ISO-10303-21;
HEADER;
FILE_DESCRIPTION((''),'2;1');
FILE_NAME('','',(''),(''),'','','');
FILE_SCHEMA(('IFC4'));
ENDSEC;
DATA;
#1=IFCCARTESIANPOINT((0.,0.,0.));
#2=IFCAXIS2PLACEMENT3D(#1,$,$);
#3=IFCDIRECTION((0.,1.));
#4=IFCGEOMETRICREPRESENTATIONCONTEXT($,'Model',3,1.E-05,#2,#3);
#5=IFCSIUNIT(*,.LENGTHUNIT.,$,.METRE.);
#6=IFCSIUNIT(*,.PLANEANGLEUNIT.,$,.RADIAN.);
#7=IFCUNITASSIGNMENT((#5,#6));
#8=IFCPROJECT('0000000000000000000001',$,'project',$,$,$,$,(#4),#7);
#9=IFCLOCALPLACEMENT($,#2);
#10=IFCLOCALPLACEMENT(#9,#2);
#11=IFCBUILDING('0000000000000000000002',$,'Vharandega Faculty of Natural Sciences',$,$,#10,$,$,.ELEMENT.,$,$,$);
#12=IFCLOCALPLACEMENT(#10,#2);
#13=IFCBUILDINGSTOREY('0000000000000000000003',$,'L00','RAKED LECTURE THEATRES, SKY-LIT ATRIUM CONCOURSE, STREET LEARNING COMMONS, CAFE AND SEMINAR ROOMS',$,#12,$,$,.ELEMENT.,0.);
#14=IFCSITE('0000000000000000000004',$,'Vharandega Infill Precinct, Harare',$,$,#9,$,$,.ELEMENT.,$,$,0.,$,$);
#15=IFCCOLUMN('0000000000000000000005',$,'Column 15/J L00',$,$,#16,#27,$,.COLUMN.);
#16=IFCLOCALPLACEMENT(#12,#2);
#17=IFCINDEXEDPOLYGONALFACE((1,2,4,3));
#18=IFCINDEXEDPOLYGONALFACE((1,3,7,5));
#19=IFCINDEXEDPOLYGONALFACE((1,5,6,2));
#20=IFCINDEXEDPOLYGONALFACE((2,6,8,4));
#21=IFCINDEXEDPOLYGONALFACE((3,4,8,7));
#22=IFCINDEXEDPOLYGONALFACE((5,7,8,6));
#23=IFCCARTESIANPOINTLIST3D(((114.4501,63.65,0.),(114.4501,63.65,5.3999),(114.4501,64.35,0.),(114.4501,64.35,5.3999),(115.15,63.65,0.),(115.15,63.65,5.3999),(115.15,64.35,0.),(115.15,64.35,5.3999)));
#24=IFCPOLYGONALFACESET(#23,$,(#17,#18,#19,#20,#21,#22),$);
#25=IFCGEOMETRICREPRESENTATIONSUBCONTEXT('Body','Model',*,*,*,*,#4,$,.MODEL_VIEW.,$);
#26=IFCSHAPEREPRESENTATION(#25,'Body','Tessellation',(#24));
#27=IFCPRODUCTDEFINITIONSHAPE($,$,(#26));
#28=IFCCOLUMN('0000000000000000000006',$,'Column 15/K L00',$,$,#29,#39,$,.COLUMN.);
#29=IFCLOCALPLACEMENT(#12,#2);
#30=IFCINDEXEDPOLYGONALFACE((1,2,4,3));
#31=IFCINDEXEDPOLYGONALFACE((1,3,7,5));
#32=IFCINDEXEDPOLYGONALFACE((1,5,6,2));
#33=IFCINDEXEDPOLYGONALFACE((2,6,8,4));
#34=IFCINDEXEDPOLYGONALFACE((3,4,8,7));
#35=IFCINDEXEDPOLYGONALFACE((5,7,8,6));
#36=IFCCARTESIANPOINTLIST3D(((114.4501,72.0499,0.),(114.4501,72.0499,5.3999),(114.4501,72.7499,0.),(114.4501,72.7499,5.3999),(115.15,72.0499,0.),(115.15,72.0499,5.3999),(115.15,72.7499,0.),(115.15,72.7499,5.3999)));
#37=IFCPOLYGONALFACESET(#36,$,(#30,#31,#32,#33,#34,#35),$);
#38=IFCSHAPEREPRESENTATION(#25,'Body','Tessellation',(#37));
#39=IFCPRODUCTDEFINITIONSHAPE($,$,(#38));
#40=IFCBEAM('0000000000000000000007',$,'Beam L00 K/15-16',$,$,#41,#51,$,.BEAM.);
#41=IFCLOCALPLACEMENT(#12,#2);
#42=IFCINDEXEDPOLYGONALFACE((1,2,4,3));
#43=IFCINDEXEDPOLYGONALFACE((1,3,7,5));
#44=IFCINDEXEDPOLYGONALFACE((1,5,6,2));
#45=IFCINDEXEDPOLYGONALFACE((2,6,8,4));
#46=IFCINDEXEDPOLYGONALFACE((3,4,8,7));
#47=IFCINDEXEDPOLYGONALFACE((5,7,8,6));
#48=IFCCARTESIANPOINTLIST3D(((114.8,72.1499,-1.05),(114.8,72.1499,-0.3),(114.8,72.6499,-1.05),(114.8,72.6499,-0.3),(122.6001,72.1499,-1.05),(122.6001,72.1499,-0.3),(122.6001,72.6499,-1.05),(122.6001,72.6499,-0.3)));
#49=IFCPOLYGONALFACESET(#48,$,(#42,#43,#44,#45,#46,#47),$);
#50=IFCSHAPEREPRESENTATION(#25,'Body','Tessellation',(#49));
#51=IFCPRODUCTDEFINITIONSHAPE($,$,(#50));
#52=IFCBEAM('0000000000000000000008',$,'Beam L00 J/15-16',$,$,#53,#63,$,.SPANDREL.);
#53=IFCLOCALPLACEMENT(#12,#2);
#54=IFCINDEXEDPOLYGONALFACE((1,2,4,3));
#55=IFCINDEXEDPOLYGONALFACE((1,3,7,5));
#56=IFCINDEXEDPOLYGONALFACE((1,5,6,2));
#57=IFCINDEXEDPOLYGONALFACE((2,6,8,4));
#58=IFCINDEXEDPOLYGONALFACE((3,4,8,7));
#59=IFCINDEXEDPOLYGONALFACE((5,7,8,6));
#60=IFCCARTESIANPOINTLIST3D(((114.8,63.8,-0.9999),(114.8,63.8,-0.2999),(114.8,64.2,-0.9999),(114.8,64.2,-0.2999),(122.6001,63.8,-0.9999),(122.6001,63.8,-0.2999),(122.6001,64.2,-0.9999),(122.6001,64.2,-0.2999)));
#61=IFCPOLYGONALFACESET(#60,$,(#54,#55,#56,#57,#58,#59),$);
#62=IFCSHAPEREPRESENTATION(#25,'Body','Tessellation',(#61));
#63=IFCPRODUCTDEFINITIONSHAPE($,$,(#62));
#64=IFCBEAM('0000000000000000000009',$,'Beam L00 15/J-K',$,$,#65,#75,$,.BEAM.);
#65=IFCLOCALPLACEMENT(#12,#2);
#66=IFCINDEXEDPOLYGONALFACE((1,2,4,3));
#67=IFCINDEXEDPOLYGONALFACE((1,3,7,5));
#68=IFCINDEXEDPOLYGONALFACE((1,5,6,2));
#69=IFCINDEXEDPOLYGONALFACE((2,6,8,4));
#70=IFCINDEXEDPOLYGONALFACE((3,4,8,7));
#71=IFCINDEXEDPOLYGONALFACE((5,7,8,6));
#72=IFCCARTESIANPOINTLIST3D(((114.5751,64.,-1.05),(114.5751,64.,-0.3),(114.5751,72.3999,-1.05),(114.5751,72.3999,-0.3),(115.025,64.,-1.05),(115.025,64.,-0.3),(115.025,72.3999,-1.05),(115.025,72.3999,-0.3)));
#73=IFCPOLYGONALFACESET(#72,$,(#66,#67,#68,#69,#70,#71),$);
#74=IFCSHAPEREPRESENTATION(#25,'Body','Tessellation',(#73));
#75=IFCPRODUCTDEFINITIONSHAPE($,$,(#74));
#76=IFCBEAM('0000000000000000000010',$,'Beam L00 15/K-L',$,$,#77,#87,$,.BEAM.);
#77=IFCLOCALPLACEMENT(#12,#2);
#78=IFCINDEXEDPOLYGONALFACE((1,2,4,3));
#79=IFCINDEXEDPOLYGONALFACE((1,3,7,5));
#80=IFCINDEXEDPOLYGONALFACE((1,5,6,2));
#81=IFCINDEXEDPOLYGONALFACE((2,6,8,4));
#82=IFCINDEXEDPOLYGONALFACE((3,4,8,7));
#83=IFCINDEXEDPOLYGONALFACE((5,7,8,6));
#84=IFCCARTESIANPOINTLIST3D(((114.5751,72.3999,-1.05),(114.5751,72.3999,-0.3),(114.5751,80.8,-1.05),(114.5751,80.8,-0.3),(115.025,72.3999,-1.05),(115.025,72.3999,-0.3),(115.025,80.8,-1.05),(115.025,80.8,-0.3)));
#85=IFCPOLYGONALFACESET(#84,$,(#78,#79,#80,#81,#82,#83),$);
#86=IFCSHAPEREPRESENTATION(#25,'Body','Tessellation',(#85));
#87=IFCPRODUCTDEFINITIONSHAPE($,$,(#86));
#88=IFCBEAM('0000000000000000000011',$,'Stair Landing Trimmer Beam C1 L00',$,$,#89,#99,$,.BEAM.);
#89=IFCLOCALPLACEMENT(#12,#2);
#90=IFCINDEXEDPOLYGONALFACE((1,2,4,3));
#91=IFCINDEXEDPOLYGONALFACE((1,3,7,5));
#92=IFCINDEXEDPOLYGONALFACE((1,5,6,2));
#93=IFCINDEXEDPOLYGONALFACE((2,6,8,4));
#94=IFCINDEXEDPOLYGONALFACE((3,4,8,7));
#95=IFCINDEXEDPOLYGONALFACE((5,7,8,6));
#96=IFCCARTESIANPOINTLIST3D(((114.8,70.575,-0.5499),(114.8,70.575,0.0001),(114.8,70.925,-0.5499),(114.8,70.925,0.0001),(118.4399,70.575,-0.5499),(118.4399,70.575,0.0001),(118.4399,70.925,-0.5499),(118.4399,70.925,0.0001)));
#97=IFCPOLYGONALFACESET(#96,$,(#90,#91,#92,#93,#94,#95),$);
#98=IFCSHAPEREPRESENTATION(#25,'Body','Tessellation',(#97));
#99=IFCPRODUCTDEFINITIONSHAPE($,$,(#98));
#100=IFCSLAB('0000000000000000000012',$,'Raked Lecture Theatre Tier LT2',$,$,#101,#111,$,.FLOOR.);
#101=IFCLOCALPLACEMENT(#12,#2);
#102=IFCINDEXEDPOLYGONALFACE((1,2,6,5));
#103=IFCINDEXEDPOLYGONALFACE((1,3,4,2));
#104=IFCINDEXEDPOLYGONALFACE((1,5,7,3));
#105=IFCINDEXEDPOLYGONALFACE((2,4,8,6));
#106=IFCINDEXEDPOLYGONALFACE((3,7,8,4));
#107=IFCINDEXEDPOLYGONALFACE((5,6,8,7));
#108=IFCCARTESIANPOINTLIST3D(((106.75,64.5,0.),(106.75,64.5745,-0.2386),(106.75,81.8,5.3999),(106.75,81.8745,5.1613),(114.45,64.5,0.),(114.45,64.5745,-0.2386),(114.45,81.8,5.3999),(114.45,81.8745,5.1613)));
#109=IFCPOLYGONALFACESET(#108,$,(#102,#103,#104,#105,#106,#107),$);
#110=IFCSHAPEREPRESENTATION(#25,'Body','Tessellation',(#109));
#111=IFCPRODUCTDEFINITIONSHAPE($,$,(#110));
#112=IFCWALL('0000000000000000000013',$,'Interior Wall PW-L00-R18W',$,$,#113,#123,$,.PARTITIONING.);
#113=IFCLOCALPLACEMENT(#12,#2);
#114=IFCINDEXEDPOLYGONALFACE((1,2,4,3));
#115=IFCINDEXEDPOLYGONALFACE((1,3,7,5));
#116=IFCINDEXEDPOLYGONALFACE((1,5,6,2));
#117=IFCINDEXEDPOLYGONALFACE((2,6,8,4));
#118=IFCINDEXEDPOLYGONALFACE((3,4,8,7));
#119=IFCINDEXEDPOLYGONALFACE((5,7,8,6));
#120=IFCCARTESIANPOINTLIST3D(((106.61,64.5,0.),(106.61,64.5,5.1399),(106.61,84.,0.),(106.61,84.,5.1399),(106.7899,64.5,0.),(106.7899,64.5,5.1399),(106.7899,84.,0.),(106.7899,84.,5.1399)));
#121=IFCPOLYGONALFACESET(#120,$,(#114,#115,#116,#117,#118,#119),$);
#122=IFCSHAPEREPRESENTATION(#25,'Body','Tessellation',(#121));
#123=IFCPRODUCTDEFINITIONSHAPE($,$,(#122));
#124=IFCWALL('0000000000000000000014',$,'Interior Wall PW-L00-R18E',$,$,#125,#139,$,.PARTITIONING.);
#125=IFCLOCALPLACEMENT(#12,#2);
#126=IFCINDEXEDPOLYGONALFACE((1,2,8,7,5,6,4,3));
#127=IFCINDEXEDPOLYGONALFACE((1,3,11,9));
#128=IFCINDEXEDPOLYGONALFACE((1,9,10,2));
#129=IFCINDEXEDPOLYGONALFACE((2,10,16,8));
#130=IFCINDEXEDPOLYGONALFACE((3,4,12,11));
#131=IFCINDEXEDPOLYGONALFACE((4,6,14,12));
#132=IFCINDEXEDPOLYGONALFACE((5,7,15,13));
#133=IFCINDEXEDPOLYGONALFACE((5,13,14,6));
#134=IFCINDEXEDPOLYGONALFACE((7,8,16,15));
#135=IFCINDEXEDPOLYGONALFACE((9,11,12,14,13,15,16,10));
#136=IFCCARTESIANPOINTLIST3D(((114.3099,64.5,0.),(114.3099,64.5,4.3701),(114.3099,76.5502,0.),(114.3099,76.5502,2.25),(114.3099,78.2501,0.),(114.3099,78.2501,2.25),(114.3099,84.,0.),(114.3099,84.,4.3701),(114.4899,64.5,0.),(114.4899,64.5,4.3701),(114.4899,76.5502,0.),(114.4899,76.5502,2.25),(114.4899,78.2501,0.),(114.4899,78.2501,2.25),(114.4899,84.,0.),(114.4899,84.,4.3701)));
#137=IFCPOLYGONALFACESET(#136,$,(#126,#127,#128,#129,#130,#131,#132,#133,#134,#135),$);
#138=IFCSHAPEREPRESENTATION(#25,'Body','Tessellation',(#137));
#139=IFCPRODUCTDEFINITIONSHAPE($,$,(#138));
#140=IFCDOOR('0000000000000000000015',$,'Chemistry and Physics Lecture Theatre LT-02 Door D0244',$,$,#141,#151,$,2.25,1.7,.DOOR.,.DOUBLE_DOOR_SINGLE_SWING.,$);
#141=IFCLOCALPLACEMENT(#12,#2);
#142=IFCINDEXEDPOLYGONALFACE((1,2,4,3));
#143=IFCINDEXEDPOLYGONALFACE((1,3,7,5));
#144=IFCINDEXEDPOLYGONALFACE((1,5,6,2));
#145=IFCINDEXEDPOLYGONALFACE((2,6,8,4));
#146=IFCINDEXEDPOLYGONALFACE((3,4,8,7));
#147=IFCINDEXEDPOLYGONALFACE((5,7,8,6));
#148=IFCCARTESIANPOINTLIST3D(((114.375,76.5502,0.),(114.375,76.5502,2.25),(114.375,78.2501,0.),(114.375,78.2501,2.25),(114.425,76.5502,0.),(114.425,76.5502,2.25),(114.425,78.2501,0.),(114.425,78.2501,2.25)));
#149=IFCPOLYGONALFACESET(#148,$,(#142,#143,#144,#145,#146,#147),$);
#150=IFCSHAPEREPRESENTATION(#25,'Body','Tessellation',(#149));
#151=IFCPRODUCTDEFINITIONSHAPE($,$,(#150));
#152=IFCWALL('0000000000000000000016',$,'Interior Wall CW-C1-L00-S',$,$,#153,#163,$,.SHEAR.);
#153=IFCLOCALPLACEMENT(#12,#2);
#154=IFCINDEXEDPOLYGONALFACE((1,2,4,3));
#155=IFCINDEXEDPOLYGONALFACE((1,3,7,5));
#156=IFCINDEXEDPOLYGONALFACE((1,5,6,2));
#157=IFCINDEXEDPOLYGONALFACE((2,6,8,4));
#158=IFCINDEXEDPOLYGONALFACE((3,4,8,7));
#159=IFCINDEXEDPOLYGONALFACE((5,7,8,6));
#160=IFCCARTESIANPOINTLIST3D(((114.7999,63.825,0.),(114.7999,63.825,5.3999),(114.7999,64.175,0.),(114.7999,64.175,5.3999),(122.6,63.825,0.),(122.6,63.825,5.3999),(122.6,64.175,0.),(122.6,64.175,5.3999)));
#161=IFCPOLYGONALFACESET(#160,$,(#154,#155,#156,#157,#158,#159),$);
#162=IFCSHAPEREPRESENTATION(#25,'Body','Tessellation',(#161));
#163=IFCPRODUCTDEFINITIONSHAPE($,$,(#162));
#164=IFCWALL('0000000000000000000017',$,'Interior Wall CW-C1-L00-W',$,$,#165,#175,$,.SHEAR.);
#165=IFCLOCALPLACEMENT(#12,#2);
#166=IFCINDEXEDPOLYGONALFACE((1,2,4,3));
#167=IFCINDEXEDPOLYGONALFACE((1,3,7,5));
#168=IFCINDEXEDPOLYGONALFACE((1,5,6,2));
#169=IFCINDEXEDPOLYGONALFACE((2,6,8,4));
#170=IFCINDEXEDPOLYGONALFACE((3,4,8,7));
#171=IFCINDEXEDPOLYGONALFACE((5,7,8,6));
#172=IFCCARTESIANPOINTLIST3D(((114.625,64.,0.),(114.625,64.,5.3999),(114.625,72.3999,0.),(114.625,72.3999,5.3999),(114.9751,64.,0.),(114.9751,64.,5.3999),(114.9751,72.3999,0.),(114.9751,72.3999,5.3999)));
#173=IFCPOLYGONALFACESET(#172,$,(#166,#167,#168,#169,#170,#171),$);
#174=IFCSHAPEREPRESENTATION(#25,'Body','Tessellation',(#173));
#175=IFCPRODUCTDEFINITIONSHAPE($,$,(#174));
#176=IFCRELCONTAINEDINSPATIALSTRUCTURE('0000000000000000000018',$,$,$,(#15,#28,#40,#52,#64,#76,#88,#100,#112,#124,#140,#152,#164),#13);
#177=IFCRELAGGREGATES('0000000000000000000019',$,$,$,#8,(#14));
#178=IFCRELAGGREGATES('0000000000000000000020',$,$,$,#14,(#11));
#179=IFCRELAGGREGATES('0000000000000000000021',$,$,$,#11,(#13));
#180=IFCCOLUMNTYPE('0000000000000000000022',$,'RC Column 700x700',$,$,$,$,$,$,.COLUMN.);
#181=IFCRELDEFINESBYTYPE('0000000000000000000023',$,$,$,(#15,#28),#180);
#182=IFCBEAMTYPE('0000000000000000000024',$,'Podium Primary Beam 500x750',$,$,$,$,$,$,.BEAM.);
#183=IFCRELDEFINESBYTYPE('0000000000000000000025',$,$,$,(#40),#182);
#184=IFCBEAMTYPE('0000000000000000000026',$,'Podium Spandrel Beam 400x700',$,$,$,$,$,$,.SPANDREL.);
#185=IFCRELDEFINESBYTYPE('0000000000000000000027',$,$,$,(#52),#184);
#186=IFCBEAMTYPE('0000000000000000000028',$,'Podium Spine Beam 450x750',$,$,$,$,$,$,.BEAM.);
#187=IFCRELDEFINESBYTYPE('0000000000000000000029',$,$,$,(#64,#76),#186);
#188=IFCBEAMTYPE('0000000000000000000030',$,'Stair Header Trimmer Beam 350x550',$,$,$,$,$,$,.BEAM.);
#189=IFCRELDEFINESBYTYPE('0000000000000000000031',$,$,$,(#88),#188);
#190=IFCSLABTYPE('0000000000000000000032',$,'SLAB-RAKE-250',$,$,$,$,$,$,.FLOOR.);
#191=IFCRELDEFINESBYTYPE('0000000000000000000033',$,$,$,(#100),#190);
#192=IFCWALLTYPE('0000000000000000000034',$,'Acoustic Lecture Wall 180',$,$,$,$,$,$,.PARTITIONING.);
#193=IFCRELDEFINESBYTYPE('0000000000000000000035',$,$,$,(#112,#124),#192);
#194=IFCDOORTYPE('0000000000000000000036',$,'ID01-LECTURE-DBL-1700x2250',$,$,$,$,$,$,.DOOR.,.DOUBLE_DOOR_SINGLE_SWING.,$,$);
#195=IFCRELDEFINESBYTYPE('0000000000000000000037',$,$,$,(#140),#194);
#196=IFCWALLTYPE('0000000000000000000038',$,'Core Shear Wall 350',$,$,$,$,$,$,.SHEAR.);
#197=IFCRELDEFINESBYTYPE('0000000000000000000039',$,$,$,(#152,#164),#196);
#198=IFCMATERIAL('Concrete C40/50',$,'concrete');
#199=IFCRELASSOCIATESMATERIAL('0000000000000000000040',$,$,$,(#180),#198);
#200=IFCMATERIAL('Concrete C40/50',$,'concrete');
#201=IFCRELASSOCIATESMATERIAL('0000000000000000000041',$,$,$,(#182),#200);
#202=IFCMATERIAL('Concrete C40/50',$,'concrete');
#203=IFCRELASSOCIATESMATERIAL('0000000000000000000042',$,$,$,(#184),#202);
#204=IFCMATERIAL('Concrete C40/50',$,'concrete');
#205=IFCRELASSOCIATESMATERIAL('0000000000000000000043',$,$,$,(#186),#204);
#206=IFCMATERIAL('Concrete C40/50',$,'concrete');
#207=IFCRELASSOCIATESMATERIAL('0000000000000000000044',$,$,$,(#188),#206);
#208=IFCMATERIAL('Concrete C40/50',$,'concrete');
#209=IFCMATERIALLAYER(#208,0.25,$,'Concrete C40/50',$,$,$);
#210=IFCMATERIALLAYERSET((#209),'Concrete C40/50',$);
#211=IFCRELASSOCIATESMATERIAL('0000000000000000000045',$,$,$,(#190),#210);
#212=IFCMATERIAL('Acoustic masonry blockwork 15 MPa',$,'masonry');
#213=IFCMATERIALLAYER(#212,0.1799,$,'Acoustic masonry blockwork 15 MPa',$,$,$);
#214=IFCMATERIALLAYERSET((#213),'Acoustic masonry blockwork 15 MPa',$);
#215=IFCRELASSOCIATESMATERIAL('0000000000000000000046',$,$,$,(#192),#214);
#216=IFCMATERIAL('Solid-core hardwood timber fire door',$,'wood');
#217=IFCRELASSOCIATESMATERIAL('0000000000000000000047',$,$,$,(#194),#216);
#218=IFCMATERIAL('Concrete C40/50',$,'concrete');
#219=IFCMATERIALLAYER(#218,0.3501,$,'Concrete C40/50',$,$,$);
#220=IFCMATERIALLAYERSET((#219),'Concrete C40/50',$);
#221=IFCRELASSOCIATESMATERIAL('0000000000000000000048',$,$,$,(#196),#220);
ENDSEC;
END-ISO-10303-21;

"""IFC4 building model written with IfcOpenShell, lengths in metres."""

from ifc_helpers import new_model, si_unit, direction, frame, frame_2d, origin, origin_2d, place, context, subcontext, project, spatial, polyline, rectangle, outline, extrude, material, layer, layer_set, material_profile, profile_set, type_object, element, fill, save


model = new_model("IFC4")

# Units and contexts
model_context = context("Model", 3, precision=1e-05, world=origin(), true_north=direction((0.0, 1.0)))
body_context = subcontext(model_context, "Body", "Model", "MODEL_VIEW")
ifc_project = project(units=[si_unit("LENGTHUNIT", "METRE"), si_unit("PLANEANGLEUNIT", "RADIAN")], contexts=[model_context])

# Site, building, storey
site_placement = place(None, origin())
site = spatial("IfcSite", under=ifc_project, at=site_placement, Name="Vharandega Infill Precinct, Harare", CompositionType="ELEMENT", RefElevation=0.0)
building_placement = place(site_placement, origin())
building = spatial("IfcBuilding", under=site, at=building_placement, Name="Vharandega Faculty of Natural Sciences", CompositionType="ELEMENT")
storey_placement = place(building_placement, origin())
storey = spatial("IfcBuildingStorey", under=building, at=storey_placement, Name="L00", Description="RAKED LECTURE THEATRES, SKY-LIT ATRIUM CONCOURSE, STREET LEARNING COMMONS, CAFE AND SEMINAR ROOMS", CompositionType="ELEMENT", Elevation=0.0)

# Columns
ifc_material_1 = material(Name="Concrete C40/50", Category="concrete")
ifc_material_profile_1 = material_profile(ifc_material_1, rectangle(XDim=0.7, YDim=0.7, at=origin_2d()), Name="RC 700x700")
ifc_profile_set_1 = profile_set([ifc_material_profile_1], Name="Concrete C40/50")
column_type = type_object("IfcColumnType", Name="RC Column 700x700", PredefinedType="COLUMN", material=ifc_profile_set_1)
for number, where, z_axis, x_axis, name in (
    (1, (114.8, 64.0, 0.0), (0.0, 0.0, 1.0), (1.0, 0.0, 0.0), "Column 15/J L00"),
    (2, (114.8, 72.3999, 0.0), (0.0, 0.0, 1.0), (1.0, 0.0, 0.0), "Column 15/K L00"),
):
    element("IfcColumn", number, at=place(storey_placement, frame(where, z_axis=z_axis, x_axis=x_axis)), inside=storey, type_object=column_type, Name=name, PredefinedType="COLUMN", context=body_context, shape_type="SweptSolid", body=[
        extrude(rectangle(XDim=0.7, YDim=0.7, at=origin_2d()), origin(), (0.0, 0.0, 1.0), 5.3999),
    ])

# Beams
ifc_material_2 = material(Name="Concrete C40/50", Category="concrete")
ifc_material_profile_2 = material_profile(ifc_material_2, rectangle(XDim=0.5, YDim=0.75, at=origin_2d()), Name="RC 500x750")
ifc_profile_set_2 = profile_set([ifc_material_profile_2], Name="Concrete C40/50")
beam_type_1 = type_object("IfcBeamType", Name="Podium Primary Beam 500x750", PredefinedType="BEAM", material=ifc_profile_set_2)
beam_1_placement = place(storey_placement, frame((114.8, 72.3999, -0.675), z_axis=(1.0, 0.0, 0.0), x_axis=(0.0, 1.0, 0.0)))
element("IfcBeam", 3, at=beam_1_placement, inside=storey, type_object=beam_type_1, Name="Beam L00 K/15-16", PredefinedType="BEAM", context=body_context, shape_type="SweptSolid", body=[
    extrude(rectangle(XDim=0.5, YDim=0.75, at=origin_2d()), origin(), (0.0, 0.0, 1.0), 7.8),
])
ifc_material_3 = material(Name="Concrete C40/50", Category="concrete")
ifc_material_profile_3 = material_profile(ifc_material_3, rectangle(XDim=0.3999, YDim=0.7, at=origin_2d()), Name="RC 400x700")
ifc_profile_set_3 = profile_set([ifc_material_profile_3], Name="Concrete C40/50")
beam_type_2 = type_object("IfcBeamType", Name="Podium Spandrel Beam 400x700", PredefinedType="SPANDREL", material=ifc_profile_set_3)
beam_2_placement = place(storey_placement, frame((114.8, 64.0, -0.6499), z_axis=(1.0, 0.0, 0.0), x_axis=(0.0, 1.0, 0.0)))
element("IfcBeam", 4, at=beam_2_placement, inside=storey, type_object=beam_type_2, Name="Beam L00 J/15-16", PredefinedType="SPANDREL", context=body_context, shape_type="SweptSolid", body=[
    extrude(rectangle(XDim=0.3999, YDim=0.7, at=origin_2d()), origin(), (0.0, 0.0, 1.0), 7.8),
])
ifc_material_4 = material(Name="Concrete C40/50", Category="concrete")
ifc_material_profile_4 = material_profile(ifc_material_4, rectangle(XDim=0.45, YDim=0.75, at=origin_2d()), Name="RC 450x750")
ifc_profile_set_4 = profile_set([ifc_material_profile_4], Name="Concrete C40/50")
beam_type_3 = type_object("IfcBeamType", Name="Podium Spine Beam 450x750", PredefinedType="BEAM", material=ifc_profile_set_4)
beam_3_placement = place(storey_placement, frame((114.8, 64.0, -0.675), z_axis=(0.0, 1.0, 0.0), x_axis=(-1.0, 0.0, 0.0)))
element("IfcBeam", 5, at=beam_3_placement, inside=storey, type_object=beam_type_3, Name="Beam L00 15/J-K", PredefinedType="BEAM", context=body_context, shape_type="SweptSolid", body=[
    extrude(rectangle(XDim=0.45, YDim=0.75, at=origin_2d()), origin(), (0.0, 0.0, 1.0), 8.3999),
])
beam_4_placement = place(storey_placement, frame((114.8, 72.3999, -0.675), z_axis=(0.0, 1.0, 0.0), x_axis=(-1.0, 0.0, 0.0)))
element("IfcBeam", 6, at=beam_4_placement, inside=storey, type_object=beam_type_3, Name="Beam L00 15/K-L", PredefinedType="BEAM", context=body_context, shape_type="SweptSolid", body=[
    extrude(rectangle(XDim=0.45, YDim=0.75, at=origin_2d()), origin(), (0.0, 0.0, 1.0), 8.4001),
])
ifc_material_5 = material(Name="Concrete C40/50", Category="concrete")
ifc_material_profile_5 = material_profile(ifc_material_5, rectangle(XDim=0.3501, YDim=0.55, at=origin_2d()), Name="RC 350x550")
ifc_profile_set_5 = profile_set([ifc_material_profile_5], Name="Concrete C40/50")
beam_type_4 = type_object("IfcBeamType", Name="Stair Header Trimmer Beam 350x550", PredefinedType="BEAM", material=ifc_profile_set_5)
beam_5_placement = place(storey_placement, frame((114.8, 70.75, -0.2749), z_axis=(1.0, 0.0, 0.0), x_axis=(0.0, 1.0, 0.0)))
element("IfcBeam", 7, at=beam_5_placement, inside=storey, type_object=beam_type_4, Name="Stair Landing Trimmer Beam C1 L00", PredefinedType="BEAM", context=body_context, shape_type="SweptSolid", body=[
    extrude(rectangle(XDim=0.3501, YDim=0.55, at=origin_2d()), origin(), (0.0, 0.0, 1.0), 3.6399),
])

# Slab
ifc_material_6 = material(Name="Concrete C40/50", Category="concrete")
ifc_layer_1 = layer(ifc_material_6, 0.25, Name="Concrete C40/50")
ifc_layer_set_1 = layer_set([ifc_layer_1], Name="Concrete C40/50")
slab_type = type_object("IfcSlabType", Name="SLAB-RAKE-250", PredefinedType="FLOOR", material=ifc_layer_set_1)
slab_placement = place(storey_placement, frame((106.75, 64.5, 0.0), z_axis=(0.0, -0.297955, 0.95458), x_axis=(1.0, 0.0, 0.0)))
element("IfcSlab", 8, at=slab_placement, inside=storey, type_object=slab_type, Name="Raked Lecture Theatre Tier LT2", PredefinedType="FLOOR", context=body_context, shape_type="SweptSolid", body=[
    extrude(outline(polyline([(0.0, 0.0), (7.7, 0.0), (7.7, 18.1232), (0.0, 18.1232), (0.0, 0.0)])), origin(), (0.0, 0.0, -1.0), 0.25),
])

# Wall
ifc_material_7 = material(Name="Acoustic masonry blockwork 15 MPa", Category="masonry")
ifc_layer_2 = layer(ifc_material_7, 0.1799, Name="Acoustic masonry blockwork 15 MPa")
ifc_layer_set_2 = layer_set([ifc_layer_2], Name="Acoustic masonry blockwork 15 MPa")
wall_type_1 = type_object("IfcWallType", Name="Acoustic Lecture Wall 180", PredefinedType="PARTITIONING", material=ifc_layer_set_2)
wall_1_placement = place(storey_placement, frame((106.7, 64.5, 0.0), z_axis=(0.0, 0.0, 1.0), x_axis=(0.0, 1.0, 0.0)))
element("IfcWall", 9, at=wall_1_placement, inside=storey, type_object=wall_type_1, Name="Interior Wall PW-L00-R18W", PredefinedType="PARTITIONING", context=body_context, shape_type="SweptSolid", body=[
    extrude(rectangle(XDim=19.5, YDim=0.1799, at=frame_2d((9.75, 0.0))), origin(), (0.0, 0.0, 1.0), 5.1399),
])

# Wall, opening, door
wall_2_placement = place(storey_placement, frame((114.3999, 64.5, 0.0), z_axis=(0.0, 0.0, 1.0), x_axis=(0.0, 1.0, 0.0)))
wall_2 = element("IfcWall", 10, at=wall_2_placement, inside=storey, type_object=wall_type_1, Name="Interior Wall PW-L00-R18E", PredefinedType="PARTITIONING", context=body_context, shape_type="SweptSolid", body=[
    extrude(rectangle(XDim=19.5, YDim=0.1799, at=frame_2d((9.75, 0.0))), origin(), (0.0, 0.0, 1.0), 4.3701),
])
opening_1_placement = place(wall_2_placement, frame((12.05, 0.0, 0.0)))
opening_1 = element("IfcOpeningElement", 11, at=opening_1_placement, cuts=wall_2, PredefinedType="OPENING", context=body_context, shape_type="SweptSolid", body=[
    extrude(rectangle(XDim=1.7, YDim=2.25, at=frame_2d((0.8501, 1.125))), frame((0.0, 0.1001, 0.0), z_axis=(0.0, -1.0, 0.0), x_axis=(1.0, 0.0, 0.0)), (0.0, 0.0, 1.0), 0.2),
])
ifc_material_8 = material(Name="Solid-core hardwood timber fire door", Category="wood")
door_type_1 = type_object("IfcDoorType", Name="ID01-LECTURE-DBL-1700x2250", OperationType="DOUBLE_DOOR_SINGLE_SWING", PredefinedType="DOOR", material=ifc_material_8)
door_1_placement = place(opening_1_placement, origin())
door_1 = element("IfcDoor", 12, at=door_1_placement, inside=storey, type_object=door_type_1, Name="Chemistry and Physics Lecture Theatre LT-02 Door D0244", OperationType="DOUBLE_DOOR_SINGLE_SWING", OverallHeight=2.25, OverallWidth=1.7, PredefinedType="DOOR", context=body_context, shape_type="SweptSolid", body=[
    extrude(rectangle(XDim=1.7, YDim=2.25, at=frame_2d((0.8501, 1.125))), frame((0.0, 0.0249, 0.0), z_axis=(0.0, -1.0, 0.0), x_axis=(1.0, 0.0, 0.0)), (0.0, 0.0, 1.0), 0.05),
])
fill(opening_1, door_1)

# Walls
ifc_material_9 = material(Name="Concrete C40/50", Category="concrete")
ifc_layer_3 = layer(ifc_material_9, 0.3501, Name="Concrete C40/50")
ifc_layer_set_3 = layer_set([ifc_layer_3], Name="Concrete C40/50")
wall_type_2 = type_object("IfcWallType", Name="Core Shear Wall 350", PredefinedType="SHEAR", material=ifc_layer_set_3)
wall_3_placement = place(storey_placement, frame((114.8, 64.0, 0.0), z_axis=(0.0, 0.0, 1.0), x_axis=(1.0, 0.0, 0.0)))
element("IfcWall", 13, at=wall_3_placement, inside=storey, type_object=wall_type_2, Name="Interior Wall CW-C1-L00-S", PredefinedType="SHEAR", context=body_context, shape_type="SweptSolid", body=[
    extrude(rectangle(XDim=7.8, YDim=0.3501, at=frame_2d((3.8999, 0.0))), origin(), (0.0, 0.0, 1.0), 5.3999),
])
wall_4_placement = place(storey_placement, frame((114.8, 64.0, 0.0), z_axis=(0.0, 0.0, 1.0), x_axis=(0.0, 1.0, 0.0)))
element("IfcWall", 14, at=wall_4_placement, inside=storey, type_object=wall_type_2, Name="Interior Wall CW-C1-L00-W", PredefinedType="SHEAR", context=body_context, shape_type="SweptSolid", body=[
    extrude(rectangle(XDim=8.3999, YDim=0.3501, at=frame_2d((4.2, 0.0))), origin(), (0.0, 0.0, 1.0), 5.3999),
])

save(model, "model.ifc")
